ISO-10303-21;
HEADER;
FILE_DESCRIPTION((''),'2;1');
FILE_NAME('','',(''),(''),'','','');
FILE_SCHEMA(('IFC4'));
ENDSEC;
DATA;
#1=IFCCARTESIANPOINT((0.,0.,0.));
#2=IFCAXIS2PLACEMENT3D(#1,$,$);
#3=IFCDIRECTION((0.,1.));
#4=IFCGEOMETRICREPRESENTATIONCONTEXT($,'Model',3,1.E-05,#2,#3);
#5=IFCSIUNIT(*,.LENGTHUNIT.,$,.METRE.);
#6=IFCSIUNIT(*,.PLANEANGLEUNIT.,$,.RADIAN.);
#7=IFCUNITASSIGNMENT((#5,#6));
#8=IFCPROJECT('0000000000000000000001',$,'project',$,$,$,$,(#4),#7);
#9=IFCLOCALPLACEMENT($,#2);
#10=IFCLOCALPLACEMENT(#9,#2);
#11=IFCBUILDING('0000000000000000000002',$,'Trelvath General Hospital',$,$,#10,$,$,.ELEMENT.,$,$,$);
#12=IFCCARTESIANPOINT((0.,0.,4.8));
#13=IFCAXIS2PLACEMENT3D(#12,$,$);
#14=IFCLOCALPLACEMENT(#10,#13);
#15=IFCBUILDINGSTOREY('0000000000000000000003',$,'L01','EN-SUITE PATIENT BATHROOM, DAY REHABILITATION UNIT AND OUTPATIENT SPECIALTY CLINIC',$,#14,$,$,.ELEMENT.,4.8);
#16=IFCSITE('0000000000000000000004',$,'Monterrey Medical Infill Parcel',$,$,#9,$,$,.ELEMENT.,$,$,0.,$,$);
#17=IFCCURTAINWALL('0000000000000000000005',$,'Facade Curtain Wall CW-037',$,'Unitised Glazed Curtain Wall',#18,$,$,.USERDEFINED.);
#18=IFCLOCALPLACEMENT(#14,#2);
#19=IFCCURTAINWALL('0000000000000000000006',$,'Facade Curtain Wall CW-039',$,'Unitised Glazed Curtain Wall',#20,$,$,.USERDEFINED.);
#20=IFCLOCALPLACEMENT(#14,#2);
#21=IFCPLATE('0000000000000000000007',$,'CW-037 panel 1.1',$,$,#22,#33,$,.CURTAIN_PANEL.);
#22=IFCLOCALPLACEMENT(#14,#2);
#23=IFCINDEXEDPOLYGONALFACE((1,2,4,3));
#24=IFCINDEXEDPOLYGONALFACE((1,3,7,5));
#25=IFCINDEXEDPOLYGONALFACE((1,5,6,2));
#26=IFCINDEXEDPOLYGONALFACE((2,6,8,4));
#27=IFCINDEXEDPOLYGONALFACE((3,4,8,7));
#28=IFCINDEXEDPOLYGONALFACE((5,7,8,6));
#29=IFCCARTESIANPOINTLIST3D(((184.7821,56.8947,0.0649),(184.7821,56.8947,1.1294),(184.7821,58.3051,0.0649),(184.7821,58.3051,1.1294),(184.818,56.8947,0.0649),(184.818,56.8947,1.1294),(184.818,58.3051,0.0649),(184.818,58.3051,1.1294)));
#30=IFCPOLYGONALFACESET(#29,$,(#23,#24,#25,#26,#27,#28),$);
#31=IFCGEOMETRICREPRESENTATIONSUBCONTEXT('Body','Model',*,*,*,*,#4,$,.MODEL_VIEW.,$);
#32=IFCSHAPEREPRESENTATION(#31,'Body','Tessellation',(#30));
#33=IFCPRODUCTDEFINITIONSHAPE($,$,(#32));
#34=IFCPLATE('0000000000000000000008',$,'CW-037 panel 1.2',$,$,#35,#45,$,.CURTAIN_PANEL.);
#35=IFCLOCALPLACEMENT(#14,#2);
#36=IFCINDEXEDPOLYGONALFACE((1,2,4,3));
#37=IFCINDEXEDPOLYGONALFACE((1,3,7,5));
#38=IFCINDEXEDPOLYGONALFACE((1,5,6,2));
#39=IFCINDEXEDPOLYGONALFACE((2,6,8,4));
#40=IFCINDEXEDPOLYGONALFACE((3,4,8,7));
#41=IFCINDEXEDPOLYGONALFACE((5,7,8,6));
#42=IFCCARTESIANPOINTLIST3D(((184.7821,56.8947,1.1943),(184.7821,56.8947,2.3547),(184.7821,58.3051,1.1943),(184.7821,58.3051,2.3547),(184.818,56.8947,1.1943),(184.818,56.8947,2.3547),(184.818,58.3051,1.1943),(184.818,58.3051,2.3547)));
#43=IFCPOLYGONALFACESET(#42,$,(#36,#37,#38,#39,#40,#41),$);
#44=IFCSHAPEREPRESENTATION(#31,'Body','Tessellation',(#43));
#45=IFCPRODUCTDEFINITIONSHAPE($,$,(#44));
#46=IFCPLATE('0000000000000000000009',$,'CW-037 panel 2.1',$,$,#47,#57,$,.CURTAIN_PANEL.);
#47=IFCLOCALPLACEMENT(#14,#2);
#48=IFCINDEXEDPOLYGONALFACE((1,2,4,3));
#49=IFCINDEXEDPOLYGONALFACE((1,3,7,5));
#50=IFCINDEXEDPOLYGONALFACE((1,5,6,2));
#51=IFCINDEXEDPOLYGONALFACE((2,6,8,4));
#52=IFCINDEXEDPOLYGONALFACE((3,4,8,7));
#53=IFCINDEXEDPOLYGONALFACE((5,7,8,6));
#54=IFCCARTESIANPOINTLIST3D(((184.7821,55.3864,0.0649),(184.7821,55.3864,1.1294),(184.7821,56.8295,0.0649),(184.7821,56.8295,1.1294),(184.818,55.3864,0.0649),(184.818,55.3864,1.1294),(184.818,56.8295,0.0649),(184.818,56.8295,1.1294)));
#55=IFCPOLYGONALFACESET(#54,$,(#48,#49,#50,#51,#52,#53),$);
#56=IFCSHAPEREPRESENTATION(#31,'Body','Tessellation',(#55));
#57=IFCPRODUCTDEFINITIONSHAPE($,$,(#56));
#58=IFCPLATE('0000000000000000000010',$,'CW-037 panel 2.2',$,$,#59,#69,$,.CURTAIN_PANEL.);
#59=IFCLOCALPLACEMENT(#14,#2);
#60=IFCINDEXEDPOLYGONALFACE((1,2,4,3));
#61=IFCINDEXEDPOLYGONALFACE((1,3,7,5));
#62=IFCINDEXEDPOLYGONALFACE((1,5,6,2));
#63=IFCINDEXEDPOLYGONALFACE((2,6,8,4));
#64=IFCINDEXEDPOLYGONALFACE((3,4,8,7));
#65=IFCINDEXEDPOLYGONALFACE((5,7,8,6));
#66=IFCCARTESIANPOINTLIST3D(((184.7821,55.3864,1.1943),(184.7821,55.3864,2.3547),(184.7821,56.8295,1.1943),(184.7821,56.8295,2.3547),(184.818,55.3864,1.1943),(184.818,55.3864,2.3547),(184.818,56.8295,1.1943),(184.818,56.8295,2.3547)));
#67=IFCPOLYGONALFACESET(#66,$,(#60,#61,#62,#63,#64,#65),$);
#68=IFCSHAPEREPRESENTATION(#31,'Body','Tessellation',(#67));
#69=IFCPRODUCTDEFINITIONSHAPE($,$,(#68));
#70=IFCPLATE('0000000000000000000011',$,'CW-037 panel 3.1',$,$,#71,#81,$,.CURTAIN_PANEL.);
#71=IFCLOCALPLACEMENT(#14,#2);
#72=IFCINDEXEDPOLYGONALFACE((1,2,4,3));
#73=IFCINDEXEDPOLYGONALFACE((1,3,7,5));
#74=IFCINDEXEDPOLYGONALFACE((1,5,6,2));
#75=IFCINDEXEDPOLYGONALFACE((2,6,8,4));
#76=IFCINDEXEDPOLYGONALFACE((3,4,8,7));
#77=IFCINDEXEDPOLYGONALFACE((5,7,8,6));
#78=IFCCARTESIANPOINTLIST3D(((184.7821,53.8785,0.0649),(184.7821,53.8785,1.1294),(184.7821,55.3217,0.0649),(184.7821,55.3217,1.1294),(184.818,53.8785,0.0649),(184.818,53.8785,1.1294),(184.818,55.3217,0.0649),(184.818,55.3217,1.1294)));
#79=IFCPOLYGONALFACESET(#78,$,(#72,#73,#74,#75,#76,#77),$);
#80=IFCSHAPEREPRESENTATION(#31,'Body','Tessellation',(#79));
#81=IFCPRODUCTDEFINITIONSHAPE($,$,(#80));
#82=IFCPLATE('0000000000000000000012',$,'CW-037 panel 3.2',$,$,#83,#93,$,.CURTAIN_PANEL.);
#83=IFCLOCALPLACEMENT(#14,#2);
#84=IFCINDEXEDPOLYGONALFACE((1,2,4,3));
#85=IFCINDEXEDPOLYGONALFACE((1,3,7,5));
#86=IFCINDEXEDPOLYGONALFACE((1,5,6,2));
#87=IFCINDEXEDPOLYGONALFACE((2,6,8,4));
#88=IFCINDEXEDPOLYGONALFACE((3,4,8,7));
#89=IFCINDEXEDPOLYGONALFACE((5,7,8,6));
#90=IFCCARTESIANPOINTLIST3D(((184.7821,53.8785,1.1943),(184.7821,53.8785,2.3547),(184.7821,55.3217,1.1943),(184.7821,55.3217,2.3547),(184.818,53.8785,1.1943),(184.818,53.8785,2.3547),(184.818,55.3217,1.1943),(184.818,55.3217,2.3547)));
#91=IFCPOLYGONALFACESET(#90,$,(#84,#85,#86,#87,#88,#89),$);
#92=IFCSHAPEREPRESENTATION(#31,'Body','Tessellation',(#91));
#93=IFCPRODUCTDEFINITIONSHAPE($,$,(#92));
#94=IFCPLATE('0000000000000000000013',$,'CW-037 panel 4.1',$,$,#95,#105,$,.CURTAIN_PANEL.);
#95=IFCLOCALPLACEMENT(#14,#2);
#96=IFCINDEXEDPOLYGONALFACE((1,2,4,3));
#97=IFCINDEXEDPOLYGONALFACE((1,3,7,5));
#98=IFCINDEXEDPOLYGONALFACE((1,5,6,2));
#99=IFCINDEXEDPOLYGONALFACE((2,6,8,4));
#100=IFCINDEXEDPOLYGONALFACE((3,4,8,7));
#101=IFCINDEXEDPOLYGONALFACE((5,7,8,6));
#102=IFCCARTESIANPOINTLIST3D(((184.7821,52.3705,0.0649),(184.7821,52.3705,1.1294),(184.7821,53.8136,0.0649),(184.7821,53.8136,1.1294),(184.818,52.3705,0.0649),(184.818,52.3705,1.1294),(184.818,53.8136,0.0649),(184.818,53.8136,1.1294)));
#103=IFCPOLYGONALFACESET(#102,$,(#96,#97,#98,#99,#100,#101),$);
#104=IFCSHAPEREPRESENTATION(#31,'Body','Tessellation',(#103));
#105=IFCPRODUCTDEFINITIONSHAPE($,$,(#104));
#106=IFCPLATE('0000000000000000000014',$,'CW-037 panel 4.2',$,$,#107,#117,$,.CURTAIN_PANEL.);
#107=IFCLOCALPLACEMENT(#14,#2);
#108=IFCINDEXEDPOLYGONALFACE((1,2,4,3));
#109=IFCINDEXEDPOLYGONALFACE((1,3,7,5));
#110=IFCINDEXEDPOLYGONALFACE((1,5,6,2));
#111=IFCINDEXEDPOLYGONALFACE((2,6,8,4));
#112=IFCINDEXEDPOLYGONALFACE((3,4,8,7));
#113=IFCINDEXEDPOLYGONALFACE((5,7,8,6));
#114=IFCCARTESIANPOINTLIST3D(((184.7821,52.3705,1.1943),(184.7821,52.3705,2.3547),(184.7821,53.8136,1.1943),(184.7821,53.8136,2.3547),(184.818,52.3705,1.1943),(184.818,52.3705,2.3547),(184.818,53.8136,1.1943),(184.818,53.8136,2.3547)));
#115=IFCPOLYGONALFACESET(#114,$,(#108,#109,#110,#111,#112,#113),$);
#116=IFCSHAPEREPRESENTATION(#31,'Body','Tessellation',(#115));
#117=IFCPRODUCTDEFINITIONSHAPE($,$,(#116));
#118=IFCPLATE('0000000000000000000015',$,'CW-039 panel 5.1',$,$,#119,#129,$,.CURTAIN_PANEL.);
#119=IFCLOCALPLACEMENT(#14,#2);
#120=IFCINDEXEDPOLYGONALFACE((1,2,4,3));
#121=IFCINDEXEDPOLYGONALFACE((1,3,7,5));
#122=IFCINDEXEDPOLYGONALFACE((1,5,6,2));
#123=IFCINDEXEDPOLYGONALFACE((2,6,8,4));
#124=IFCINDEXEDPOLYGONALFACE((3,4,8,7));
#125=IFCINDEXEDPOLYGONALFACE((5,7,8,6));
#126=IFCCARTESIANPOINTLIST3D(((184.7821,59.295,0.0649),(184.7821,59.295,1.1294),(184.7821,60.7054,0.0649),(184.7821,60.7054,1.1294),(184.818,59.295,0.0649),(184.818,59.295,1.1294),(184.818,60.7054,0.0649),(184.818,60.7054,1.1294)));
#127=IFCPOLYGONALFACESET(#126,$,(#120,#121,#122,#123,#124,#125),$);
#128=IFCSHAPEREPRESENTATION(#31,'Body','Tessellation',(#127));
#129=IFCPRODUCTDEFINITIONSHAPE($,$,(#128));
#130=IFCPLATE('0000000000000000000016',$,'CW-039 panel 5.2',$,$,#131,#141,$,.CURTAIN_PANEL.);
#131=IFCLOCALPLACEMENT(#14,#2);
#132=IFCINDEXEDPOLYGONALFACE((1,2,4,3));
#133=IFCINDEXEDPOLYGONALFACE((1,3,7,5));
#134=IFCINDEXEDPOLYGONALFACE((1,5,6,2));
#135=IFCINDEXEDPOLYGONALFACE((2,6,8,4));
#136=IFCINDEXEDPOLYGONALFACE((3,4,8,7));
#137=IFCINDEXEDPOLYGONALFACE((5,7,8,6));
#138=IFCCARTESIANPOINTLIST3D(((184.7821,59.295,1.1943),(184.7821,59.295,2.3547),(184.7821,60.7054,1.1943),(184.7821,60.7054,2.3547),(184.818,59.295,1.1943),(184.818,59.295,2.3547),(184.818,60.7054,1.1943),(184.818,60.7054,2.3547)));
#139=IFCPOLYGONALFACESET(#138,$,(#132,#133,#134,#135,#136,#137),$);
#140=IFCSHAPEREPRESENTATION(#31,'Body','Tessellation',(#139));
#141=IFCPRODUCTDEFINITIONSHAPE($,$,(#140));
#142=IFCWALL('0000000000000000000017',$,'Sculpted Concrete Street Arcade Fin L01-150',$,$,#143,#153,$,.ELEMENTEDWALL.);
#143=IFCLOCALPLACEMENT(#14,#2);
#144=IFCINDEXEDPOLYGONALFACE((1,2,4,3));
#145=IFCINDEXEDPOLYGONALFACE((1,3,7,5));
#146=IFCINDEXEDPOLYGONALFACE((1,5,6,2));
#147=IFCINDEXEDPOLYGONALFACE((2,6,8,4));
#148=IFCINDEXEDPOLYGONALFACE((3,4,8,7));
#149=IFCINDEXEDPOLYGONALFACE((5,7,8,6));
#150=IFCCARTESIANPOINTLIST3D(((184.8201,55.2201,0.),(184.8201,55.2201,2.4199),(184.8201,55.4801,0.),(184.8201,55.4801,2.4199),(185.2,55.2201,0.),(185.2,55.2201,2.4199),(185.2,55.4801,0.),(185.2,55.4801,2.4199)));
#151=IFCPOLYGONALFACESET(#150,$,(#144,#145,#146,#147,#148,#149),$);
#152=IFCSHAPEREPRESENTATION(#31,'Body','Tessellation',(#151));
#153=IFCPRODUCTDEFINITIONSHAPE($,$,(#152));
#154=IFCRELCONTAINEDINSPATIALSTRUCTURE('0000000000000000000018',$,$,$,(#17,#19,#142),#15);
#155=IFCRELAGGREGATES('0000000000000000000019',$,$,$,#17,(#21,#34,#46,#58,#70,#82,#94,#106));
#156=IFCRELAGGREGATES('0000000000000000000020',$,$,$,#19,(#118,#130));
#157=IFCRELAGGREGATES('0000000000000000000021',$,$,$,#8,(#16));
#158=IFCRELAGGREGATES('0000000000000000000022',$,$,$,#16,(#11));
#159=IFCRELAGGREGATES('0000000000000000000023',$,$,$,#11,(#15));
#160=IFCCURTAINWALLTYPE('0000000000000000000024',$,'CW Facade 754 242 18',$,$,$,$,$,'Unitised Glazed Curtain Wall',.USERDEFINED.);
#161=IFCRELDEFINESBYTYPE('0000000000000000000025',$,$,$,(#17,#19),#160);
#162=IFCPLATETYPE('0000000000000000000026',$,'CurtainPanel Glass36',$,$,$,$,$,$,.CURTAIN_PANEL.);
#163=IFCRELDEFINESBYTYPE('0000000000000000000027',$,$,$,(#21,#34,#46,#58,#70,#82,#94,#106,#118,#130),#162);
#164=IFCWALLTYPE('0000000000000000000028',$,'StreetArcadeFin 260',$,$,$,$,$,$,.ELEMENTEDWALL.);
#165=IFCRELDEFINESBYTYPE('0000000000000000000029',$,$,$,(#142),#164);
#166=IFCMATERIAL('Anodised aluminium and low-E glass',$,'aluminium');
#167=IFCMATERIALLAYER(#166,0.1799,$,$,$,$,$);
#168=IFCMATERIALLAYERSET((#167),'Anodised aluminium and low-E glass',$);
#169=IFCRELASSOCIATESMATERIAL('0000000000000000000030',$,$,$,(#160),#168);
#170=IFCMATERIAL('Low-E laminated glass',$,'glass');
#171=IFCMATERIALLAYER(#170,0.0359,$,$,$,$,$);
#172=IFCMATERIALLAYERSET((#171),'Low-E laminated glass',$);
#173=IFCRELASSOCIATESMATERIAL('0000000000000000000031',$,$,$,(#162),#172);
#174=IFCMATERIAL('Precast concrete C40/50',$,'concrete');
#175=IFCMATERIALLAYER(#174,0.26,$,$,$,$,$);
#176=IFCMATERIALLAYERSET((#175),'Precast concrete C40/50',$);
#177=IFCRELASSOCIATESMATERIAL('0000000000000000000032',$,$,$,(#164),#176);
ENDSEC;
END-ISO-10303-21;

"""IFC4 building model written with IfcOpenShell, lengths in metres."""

from ifc_helpers import new_model, si_unit, direction, frame, frame_2d, origin, origin_2d, place, context, subcontext, project, spatial, rectangle, extrude, material, layer, layer_set, type_object, element, aggregate, save


model = new_model("IFC4")

# Units and contexts
model_context = context("Model", 3, precision=1e-05, world=origin(), true_north=direction((0.0, 1.0)))
body_context = subcontext(model_context, "Body", "Model", "MODEL_VIEW")
ifc_project = project(units=[si_unit("LENGTHUNIT", "METRE"), si_unit("PLANEANGLEUNIT", "RADIAN")], contexts=[model_context])

# Site, building, storey
site_placement = place(None, origin())
site = spatial("IfcSite", under=ifc_project, at=site_placement, Name="Monterrey Medical Infill Parcel", CompositionType="ELEMENT", RefElevation=0.0)
building_placement = place(site_placement, origin())
building = spatial("IfcBuilding", under=site, at=building_placement, Name="Trelvath General Hospital", CompositionType="ELEMENT")
storey_placement = place(building_placement, frame((0.0, 0.0, 4.8)))
storey = spatial("IfcBuildingStorey", under=building, at=storey_placement, Name="L01", Description="EN-SUITE PATIENT BATHROOM, DAY REHABILITATION UNIT AND OUTPATIENT SPECIALTY CLINIC", CompositionType="ELEMENT", Elevation=4.8)

# Curtain wall
ifc_material_1 = material(Name="Anodised aluminium and low-E glass", Category="aluminium")
ifc_layer_1 = layer(ifc_material_1, 0.1799)
ifc_layer_set_1 = layer_set([ifc_layer_1], Name="Anodised aluminium and low-E glass")
curtain_wall_type = type_object("IfcCurtainWallType", Name="CW Facade 754 242 18", ElementType="Unitised Glazed Curtain Wall", PredefinedType="USERDEFINED", material=ifc_layer_set_1)
curtain_wall_1_placement = place(storey_placement, origin())
curtain_wall_1 = element("IfcCurtainWall", 1, at=curtain_wall_1_placement, inside=storey, type_object=curtain_wall_type, Name="Facade Curtain Wall CW-037", ObjectType="Unitised Glazed Curtain Wall", PredefinedType="USERDEFINED")

# Curtain wall
curtain_wall_2_placement = place(storey_placement, origin())
curtain_wall_2 = element("IfcCurtainWall", 2, at=curtain_wall_2_placement, inside=storey, type_object=curtain_wall_type, Name="Facade Curtain Wall CW-039", ObjectType="Unitised Glazed Curtain Wall", PredefinedType="USERDEFINED")

# Plates
ifc_material_2 = material(Name="Low-E laminated glass", Category="glass")
ifc_layer_2 = layer(ifc_material_2, 0.0359)
ifc_layer_set_2 = layer_set([ifc_layer_2], Name="Low-E laminated glass")
plate_type = type_object("IfcPlateType", Name="CurtainPanel Glass36", PredefinedType="CURTAIN_PANEL", material=ifc_layer_set_2)
plate_1_placement = place(storey_placement, frame((184.8, 57.5999, 0.0649), z_axis=(0.0, 0.0, 1.0), x_axis=(0.0, -1.0, 0.0)))
plate_1 = element("IfcPlate", 3, at=plate_1_placement, type_object=plate_type, Name="CW-037 panel 1.1", PredefinedType="CURTAIN_PANEL", context=body_context, shape_type="SweptSolid", body=[
    extrude(rectangle(XDim=1.4104, YDim=0.0359, at=origin_2d()), origin(), (0.0, 0.0, 1.0), 1.0645),
])
plate_2_placement = place(storey_placement, frame((184.8, 57.5999, 1.1943), z_axis=(0.0, 0.0, 1.0), x_axis=(0.0, -1.0, 0.0)))
plate_2 = element("IfcPlate", 4, at=plate_2_placement, type_object=plate_type, Name="CW-037 panel 1.2", PredefinedType="CURTAIN_PANEL", context=body_context, shape_type="SweptSolid", body=[
    extrude(rectangle(XDim=1.4104, YDim=0.0359, at=origin_2d()), origin(), (0.0, 0.0, 1.0), 1.1604),
])
plate_3_placement = place(storey_placement, frame((184.8, 56.1079, 0.0649), z_axis=(0.0, 0.0, 1.0), x_axis=(0.0, -1.0, 0.0)))
plate_3 = element("IfcPlate", 5, at=plate_3_placement, type_object=plate_type, Name="CW-037 panel 2.1", PredefinedType="CURTAIN_PANEL", context=body_context, shape_type="SweptSolid", body=[
    extrude(rectangle(XDim=1.4431, YDim=0.0359, at=origin_2d()), origin(), (0.0, 0.0, 1.0), 1.0645),
])
plate_4_placement = place(storey_placement, frame((184.8, 56.1079, 1.1943), z_axis=(0.0, 0.0, 1.0), x_axis=(0.0, -1.0, 0.0)))
plate_4 = element("IfcPlate", 6, at=plate_4_placement, type_object=plate_type, Name="CW-037 panel 2.2", PredefinedType="CURTAIN_PANEL", context=body_context, shape_type="SweptSolid", body=[
    extrude(rectangle(XDim=1.4431, YDim=0.0359, at=origin_2d()), origin(), (0.0, 0.0, 1.0), 1.1604),
])
plate_5_placement = place(storey_placement, frame((184.8, 54.6001, 0.0649), z_axis=(0.0, 0.0, 1.0), x_axis=(0.0, -1.0, 0.0)))
plate_5 = element("IfcPlate", 7, at=plate_5_placement, type_object=plate_type, Name="CW-037 panel 3.1", PredefinedType="CURTAIN_PANEL", context=body_context, shape_type="SweptSolid", body=[
    extrude(rectangle(XDim=1.4431, YDim=0.0359, at=origin_2d()), origin(), (0.0, 0.0, 1.0), 1.0645),
])
plate_6_placement = place(storey_placement, frame((184.8, 54.6001, 1.1943), z_axis=(0.0, 0.0, 1.0), x_axis=(0.0, -1.0, 0.0)))
plate_6 = element("IfcPlate", 8, at=plate_6_placement, type_object=plate_type, Name="CW-037 panel 3.2", PredefinedType="CURTAIN_PANEL", context=body_context, shape_type="SweptSolid", body=[
    extrude(rectangle(XDim=1.4431, YDim=0.0359, at=origin_2d()), origin(), (0.0, 0.0, 1.0), 1.1604),
])
plate_7_placement = place(storey_placement, frame((184.8, 53.092, 0.0649), z_axis=(0.0, 0.0, 1.0), x_axis=(0.0, -1.0, 0.0)))
plate_7 = element("IfcPlate", 9, at=plate_7_placement, type_object=plate_type, Name="CW-037 panel 4.1", PredefinedType="CURTAIN_PANEL", context=body_context, shape_type="SweptSolid", body=[
    extrude(rectangle(XDim=1.4431, YDim=0.0359, at=origin_2d()), origin(), (0.0, 0.0, 1.0), 1.0645),
])
plate_8_placement = place(storey_placement, frame((184.8, 53.092, 1.1943), z_axis=(0.0, 0.0, 1.0), x_axis=(0.0, -1.0, 0.0)))
plate_8 = element("IfcPlate", 10, at=plate_8_placement, type_object=plate_type, Name="CW-037 panel 4.2", PredefinedType="CURTAIN_PANEL", context=body_context, shape_type="SweptSolid", body=[
    extrude(rectangle(XDim=1.4431, YDim=0.0359, at=origin_2d()), origin(), (0.0, 0.0, 1.0), 1.1604),
])
aggregate(curtain_wall_1, [plate_1, plate_2, plate_3, plate_4, plate_5, plate_6, plate_7, plate_8])
plate_9_placement = place(storey_placement, frame((184.8, 60.0002, 0.0649), z_axis=(0.0, 0.0, 1.0), x_axis=(0.0, -1.0, 0.0)))
plate_9 = element("IfcPlate", 11, at=plate_9_placement, type_object=plate_type, Name="CW-039 panel 5.1", PredefinedType="CURTAIN_PANEL", context=body_context, shape_type="SweptSolid", body=[
    extrude(rectangle(XDim=1.4104, YDim=0.0359, at=origin_2d()), origin(), (0.0, 0.0, 1.0), 1.0645),
])
plate_10_placement = place(storey_placement, frame((184.8, 60.0002, 1.1943), z_axis=(0.0, 0.0, 1.0), x_axis=(0.0, -1.0, 0.0)))
plate_10 = element("IfcPlate", 12, at=plate_10_placement, type_object=plate_type, Name="CW-039 panel 5.2", PredefinedType="CURTAIN_PANEL", context=body_context, shape_type="SweptSolid", body=[
    extrude(rectangle(XDim=1.4104, YDim=0.0359, at=origin_2d()), origin(), (0.0, 0.0, 1.0), 1.1604),
])
aggregate(curtain_wall_2, [plate_9, plate_10])

# Wall
ifc_material_3 = material(Name="Precast concrete C40/50", Category="concrete")
ifc_layer_3 = layer(ifc_material_3, 0.26)
ifc_layer_set_3 = layer_set([ifc_layer_3], Name="Precast concrete C40/50")
wall_type = type_object("IfcWallType", Name="StreetArcadeFin 260", PredefinedType="ELEMENTEDWALL", material=ifc_layer_set_3)
wall_placement = place(storey_placement, frame((184.8201, 55.3501, 0.0), z_axis=(0.0, 0.0, 1.0), x_axis=(1.0, 0.0, 0.0)))
element("IfcWall", 13, at=wall_placement, inside=storey, type_object=wall_type, Name="Sculpted Concrete Street Arcade Fin L01-150", PredefinedType="ELEMENTEDWALL", context=body_context, shape_type="SweptSolid", body=[
    extrude(rectangle(XDim=0.3799, YDim=0.26, at=frame_2d((0.1899, 0.0))), origin(), (0.0, 0.0, 1.0), 2.4199),
])

save(model, "model.ifc")
